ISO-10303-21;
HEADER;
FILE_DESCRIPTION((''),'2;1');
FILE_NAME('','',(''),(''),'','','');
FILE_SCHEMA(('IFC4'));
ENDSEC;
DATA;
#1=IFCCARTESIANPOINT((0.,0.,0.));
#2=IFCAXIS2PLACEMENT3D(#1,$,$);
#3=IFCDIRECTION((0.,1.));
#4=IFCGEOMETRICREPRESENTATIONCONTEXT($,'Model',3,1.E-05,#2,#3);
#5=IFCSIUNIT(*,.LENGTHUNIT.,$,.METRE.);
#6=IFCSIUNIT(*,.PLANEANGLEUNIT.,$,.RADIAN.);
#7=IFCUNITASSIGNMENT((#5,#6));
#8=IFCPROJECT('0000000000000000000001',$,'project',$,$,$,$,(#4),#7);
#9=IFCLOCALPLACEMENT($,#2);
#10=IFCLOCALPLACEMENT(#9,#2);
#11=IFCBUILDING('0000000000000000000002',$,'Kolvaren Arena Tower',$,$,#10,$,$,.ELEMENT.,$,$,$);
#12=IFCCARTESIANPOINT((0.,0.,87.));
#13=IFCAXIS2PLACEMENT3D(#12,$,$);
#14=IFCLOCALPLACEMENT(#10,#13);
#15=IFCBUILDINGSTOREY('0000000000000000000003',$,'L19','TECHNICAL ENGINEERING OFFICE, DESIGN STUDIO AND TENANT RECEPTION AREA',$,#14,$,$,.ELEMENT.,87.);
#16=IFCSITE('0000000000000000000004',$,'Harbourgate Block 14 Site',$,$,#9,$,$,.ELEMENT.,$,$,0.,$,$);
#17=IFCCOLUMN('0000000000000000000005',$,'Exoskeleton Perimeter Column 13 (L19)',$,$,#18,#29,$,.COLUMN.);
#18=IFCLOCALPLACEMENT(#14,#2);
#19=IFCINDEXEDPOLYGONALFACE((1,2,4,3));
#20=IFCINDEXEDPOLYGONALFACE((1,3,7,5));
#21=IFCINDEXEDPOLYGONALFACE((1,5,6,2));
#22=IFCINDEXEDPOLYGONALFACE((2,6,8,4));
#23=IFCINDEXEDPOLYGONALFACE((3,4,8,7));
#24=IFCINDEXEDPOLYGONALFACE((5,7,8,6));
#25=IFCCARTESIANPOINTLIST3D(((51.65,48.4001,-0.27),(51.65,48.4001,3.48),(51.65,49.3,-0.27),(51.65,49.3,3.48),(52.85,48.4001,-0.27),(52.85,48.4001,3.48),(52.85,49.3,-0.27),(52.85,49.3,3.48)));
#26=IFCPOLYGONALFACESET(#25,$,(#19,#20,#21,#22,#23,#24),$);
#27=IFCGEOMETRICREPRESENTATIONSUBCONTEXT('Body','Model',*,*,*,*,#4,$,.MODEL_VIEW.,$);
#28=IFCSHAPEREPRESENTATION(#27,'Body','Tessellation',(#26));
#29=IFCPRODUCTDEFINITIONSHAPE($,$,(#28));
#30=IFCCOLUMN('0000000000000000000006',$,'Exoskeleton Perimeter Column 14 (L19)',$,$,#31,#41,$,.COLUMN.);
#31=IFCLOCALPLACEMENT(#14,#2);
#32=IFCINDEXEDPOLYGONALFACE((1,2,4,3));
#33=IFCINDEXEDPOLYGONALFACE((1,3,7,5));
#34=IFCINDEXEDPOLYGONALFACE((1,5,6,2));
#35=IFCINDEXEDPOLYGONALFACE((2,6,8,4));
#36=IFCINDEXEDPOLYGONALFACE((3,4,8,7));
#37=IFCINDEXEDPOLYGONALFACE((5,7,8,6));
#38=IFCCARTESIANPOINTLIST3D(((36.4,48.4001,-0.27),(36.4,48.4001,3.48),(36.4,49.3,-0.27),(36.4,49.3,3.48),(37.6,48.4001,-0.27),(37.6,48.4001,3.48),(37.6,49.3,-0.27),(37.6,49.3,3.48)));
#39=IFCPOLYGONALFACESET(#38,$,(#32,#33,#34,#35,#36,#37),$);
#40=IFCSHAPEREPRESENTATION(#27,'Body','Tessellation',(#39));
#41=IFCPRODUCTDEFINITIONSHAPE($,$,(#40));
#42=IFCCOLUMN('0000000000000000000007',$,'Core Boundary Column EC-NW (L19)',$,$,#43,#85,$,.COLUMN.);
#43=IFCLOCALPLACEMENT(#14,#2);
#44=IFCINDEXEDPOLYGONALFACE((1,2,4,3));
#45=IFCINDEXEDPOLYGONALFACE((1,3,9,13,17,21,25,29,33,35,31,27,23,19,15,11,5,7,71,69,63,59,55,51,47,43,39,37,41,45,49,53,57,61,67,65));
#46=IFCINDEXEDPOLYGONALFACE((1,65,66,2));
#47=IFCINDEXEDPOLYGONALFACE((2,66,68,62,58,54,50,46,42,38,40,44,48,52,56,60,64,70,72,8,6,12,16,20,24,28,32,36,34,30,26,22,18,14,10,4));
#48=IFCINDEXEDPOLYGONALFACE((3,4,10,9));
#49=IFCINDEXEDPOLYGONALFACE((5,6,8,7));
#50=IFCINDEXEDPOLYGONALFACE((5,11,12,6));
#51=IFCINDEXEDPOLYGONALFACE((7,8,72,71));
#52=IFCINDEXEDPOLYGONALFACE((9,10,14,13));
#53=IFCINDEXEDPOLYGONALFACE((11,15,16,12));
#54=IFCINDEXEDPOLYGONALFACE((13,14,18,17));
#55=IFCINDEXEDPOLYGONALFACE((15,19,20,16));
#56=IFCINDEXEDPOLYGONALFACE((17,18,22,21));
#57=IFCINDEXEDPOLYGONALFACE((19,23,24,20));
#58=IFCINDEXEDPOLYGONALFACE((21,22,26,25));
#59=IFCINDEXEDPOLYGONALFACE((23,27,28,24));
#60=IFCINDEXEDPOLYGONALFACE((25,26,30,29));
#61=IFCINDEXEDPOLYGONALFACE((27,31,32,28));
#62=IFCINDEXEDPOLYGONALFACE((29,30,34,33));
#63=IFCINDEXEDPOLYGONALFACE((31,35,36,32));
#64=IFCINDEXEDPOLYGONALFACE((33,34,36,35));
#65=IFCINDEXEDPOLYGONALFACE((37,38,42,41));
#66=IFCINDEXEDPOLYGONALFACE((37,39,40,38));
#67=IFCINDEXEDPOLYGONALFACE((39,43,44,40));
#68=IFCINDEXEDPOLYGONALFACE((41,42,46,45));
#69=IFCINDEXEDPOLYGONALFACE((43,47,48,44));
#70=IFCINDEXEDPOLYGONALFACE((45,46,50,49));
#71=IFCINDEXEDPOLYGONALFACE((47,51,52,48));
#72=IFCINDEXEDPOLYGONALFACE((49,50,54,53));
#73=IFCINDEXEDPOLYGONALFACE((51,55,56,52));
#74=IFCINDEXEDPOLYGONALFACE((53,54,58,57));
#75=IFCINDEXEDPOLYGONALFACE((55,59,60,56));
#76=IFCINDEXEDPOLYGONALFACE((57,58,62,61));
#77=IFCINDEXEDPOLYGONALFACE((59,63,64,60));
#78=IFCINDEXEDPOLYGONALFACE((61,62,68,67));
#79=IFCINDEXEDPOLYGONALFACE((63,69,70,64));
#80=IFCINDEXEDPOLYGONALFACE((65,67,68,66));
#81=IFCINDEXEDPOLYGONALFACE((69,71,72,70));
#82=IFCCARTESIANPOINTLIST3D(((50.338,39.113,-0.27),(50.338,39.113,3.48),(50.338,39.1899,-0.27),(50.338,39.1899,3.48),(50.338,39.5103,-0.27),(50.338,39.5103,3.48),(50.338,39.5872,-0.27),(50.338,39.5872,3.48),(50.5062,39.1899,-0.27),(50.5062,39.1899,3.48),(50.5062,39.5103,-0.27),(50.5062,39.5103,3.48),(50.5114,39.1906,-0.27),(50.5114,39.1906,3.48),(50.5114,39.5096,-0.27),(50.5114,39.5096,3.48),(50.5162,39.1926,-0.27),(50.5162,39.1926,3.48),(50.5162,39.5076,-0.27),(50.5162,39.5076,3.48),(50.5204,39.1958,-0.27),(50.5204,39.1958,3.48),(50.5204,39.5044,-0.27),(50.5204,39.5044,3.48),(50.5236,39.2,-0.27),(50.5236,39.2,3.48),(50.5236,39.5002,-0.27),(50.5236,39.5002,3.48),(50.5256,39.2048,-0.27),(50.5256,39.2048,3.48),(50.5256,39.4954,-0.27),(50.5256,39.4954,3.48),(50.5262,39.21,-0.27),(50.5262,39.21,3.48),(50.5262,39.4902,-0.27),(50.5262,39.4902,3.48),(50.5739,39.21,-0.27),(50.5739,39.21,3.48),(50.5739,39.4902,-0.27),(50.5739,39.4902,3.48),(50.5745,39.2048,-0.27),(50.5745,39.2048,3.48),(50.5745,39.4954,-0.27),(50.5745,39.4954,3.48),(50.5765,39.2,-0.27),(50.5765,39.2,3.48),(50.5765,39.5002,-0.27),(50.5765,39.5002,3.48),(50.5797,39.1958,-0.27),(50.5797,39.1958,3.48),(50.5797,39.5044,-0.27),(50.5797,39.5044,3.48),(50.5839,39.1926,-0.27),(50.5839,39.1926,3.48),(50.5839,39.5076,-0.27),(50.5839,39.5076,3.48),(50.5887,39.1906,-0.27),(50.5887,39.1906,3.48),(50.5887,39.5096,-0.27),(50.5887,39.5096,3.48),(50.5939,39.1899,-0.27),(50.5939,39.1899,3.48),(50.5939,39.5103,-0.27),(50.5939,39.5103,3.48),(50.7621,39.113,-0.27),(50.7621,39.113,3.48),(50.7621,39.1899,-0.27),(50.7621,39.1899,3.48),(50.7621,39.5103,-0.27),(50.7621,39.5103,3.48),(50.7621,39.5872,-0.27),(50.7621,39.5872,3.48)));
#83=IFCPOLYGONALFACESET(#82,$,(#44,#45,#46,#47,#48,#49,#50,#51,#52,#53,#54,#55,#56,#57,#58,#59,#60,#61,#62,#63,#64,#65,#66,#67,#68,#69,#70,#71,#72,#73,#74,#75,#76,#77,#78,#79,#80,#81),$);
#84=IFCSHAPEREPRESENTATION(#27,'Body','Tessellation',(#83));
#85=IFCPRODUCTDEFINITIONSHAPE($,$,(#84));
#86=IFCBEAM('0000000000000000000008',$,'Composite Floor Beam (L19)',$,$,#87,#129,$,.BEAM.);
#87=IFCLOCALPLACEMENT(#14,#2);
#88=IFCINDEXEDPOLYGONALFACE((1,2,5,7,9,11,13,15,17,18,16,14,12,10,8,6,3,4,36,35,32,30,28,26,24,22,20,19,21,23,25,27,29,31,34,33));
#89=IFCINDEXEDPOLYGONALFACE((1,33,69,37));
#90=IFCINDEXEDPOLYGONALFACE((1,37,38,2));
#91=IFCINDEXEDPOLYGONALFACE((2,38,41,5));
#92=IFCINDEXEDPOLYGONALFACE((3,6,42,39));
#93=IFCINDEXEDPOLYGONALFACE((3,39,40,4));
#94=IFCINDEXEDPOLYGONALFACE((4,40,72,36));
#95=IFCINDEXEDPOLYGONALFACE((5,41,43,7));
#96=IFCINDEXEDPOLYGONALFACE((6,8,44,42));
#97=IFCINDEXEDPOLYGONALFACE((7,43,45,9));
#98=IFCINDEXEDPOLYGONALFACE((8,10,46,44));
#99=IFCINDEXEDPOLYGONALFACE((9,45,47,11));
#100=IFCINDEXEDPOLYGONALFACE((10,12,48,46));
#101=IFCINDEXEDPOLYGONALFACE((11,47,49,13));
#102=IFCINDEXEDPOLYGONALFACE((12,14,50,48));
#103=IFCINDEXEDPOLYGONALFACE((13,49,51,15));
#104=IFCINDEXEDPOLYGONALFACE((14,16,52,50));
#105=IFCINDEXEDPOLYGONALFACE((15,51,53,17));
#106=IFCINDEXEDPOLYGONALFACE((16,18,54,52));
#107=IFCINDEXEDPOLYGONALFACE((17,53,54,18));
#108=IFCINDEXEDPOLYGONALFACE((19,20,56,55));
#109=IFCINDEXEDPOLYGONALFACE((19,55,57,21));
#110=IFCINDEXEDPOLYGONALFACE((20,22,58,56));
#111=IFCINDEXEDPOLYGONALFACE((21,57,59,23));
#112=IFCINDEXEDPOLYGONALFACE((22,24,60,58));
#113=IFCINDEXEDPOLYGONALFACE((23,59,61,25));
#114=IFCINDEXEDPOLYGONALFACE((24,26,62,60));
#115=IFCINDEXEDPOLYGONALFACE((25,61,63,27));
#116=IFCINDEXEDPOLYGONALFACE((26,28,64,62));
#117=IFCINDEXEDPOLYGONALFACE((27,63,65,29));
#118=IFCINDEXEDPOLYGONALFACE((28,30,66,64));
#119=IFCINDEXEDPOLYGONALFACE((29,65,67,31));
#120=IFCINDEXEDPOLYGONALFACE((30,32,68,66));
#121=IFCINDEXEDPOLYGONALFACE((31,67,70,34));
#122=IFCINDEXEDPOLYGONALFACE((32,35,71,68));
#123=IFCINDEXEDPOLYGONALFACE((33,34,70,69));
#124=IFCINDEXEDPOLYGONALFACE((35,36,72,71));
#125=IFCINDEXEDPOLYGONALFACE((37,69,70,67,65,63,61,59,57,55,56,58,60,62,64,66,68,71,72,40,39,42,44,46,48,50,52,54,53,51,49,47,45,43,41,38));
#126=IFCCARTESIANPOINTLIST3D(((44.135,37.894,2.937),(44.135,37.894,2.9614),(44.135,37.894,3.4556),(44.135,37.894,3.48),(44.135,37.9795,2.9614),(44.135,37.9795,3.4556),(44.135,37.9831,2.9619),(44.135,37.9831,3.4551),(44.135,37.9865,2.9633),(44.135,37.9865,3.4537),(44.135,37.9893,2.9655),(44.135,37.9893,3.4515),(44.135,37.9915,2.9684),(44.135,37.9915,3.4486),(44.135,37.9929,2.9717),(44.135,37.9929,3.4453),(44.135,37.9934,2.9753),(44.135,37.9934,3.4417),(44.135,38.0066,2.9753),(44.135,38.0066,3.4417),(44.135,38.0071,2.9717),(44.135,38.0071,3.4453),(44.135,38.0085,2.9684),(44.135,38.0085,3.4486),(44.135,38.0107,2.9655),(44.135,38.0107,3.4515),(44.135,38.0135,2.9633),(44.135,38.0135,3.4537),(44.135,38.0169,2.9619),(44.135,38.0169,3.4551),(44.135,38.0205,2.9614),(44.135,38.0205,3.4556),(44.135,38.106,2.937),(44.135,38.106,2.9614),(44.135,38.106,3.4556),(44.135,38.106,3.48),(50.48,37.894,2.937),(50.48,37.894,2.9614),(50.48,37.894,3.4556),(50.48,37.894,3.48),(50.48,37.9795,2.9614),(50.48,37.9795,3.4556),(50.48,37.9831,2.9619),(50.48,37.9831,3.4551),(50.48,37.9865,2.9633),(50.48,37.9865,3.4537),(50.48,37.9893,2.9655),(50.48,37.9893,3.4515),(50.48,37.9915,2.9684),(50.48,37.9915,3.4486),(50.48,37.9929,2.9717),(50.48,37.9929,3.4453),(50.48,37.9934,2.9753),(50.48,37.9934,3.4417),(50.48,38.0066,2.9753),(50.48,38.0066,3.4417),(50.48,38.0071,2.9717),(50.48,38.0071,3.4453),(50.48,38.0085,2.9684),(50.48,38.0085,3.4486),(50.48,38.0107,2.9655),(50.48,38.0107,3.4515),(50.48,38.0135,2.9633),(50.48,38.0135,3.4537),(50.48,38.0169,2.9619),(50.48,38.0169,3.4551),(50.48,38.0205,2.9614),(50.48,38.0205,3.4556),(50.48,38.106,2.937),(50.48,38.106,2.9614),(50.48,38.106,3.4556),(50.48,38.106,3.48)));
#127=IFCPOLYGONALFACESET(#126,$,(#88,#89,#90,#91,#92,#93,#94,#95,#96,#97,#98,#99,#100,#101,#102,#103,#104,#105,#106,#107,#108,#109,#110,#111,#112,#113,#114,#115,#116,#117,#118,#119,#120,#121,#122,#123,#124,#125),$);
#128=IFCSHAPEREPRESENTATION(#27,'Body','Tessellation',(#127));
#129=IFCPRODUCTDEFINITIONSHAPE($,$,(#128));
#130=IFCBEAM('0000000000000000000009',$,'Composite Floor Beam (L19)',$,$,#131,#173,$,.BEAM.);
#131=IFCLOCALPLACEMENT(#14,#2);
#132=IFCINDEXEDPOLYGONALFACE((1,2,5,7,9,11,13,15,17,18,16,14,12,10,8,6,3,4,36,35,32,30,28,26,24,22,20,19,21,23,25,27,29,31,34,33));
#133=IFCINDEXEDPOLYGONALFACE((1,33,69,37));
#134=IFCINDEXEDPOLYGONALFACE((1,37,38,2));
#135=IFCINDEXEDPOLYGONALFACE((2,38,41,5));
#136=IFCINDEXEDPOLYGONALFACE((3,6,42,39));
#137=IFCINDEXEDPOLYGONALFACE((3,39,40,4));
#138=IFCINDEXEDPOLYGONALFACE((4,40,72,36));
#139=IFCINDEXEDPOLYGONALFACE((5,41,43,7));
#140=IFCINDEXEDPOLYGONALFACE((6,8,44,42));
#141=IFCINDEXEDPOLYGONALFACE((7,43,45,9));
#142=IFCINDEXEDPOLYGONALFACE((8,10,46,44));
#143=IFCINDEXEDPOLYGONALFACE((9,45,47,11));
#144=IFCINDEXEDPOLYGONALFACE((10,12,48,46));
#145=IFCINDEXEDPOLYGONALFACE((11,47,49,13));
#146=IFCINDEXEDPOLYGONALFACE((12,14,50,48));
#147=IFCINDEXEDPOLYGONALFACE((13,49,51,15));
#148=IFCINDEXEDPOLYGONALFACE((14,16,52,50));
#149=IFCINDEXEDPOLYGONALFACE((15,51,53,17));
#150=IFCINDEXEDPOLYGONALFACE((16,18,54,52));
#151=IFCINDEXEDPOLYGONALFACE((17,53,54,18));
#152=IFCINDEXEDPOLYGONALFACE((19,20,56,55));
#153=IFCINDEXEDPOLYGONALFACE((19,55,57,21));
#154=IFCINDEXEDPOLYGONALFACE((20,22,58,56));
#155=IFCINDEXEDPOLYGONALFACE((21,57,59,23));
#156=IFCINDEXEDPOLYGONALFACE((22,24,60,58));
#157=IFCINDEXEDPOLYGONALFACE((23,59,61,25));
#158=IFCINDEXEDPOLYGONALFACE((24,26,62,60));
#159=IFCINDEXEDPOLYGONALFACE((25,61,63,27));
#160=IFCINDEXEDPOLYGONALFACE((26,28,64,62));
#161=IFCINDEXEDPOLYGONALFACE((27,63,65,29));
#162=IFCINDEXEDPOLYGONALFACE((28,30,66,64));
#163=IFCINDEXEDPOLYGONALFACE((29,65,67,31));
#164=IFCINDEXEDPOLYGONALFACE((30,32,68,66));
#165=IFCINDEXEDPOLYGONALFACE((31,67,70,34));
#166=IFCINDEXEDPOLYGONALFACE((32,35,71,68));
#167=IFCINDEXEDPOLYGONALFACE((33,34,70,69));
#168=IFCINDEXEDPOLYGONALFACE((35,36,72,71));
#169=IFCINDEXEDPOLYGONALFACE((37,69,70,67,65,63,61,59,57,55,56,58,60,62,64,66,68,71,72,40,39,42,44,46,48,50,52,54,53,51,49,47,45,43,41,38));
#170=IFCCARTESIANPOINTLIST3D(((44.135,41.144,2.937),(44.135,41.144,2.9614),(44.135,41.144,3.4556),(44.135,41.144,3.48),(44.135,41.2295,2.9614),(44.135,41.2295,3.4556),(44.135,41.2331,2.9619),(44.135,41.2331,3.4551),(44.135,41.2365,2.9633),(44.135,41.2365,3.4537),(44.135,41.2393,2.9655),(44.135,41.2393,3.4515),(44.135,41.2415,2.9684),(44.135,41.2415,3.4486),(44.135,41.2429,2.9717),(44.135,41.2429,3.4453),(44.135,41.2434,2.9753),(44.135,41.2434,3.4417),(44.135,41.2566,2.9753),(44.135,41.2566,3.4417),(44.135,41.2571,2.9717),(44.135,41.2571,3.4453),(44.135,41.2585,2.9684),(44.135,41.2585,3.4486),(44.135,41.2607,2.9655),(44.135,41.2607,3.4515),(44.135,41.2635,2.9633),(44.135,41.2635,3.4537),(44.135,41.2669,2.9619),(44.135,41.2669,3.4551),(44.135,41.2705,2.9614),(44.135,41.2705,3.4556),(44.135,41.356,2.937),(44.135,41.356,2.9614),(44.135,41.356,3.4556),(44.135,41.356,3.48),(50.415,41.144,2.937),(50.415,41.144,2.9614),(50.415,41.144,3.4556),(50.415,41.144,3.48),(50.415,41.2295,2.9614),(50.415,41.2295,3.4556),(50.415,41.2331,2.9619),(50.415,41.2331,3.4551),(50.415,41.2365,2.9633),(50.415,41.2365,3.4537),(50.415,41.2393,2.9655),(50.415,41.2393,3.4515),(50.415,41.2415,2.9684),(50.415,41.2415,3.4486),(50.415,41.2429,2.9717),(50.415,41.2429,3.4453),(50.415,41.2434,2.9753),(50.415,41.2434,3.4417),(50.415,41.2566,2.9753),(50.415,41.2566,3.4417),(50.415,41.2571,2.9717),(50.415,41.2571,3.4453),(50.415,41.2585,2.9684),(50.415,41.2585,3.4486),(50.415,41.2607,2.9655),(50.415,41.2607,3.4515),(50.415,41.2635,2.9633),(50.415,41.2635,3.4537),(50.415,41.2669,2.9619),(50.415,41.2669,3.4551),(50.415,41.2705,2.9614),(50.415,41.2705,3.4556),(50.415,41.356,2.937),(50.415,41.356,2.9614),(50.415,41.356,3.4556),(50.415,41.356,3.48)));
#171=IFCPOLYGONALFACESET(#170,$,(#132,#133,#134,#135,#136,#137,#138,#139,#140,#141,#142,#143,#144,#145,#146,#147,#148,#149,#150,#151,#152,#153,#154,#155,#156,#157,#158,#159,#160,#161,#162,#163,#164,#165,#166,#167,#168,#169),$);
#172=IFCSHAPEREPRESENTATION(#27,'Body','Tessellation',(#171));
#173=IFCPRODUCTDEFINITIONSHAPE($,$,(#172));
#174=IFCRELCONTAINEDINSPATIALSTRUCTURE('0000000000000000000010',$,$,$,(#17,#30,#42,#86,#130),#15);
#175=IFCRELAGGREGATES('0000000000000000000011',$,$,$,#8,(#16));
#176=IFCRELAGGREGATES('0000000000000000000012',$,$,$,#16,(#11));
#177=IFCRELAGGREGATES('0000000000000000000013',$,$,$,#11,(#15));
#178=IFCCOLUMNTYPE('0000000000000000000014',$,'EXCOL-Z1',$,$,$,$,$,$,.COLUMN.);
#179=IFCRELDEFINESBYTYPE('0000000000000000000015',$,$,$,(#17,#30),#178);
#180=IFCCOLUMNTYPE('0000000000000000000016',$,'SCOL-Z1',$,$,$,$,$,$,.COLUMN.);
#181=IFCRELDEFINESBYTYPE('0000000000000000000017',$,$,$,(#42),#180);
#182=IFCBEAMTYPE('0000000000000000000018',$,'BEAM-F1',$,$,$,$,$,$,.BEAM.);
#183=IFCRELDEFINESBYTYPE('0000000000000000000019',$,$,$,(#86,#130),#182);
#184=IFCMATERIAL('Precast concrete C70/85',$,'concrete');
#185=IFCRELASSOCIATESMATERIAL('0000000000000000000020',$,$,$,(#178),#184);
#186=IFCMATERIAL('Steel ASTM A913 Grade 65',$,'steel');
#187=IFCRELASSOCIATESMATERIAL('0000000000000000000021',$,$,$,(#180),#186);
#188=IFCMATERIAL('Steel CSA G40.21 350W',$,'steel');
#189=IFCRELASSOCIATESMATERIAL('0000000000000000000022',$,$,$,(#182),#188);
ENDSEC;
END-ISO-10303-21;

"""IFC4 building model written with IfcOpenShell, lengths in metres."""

from ifc_helpers import new_model, si_unit, direction, frame, origin, origin_2d, place, context, subcontext, project, spatial, rectangle, i_section, extrude, material, material_profile, profile_set, type_object, element, save


model = new_model("IFC4")

# Units and contexts
model_context = context("Model", 3, precision=1e-05, world=origin(), true_north=direction((0.0, 1.0)))
body_context = subcontext(model_context, "Body", "Model", "MODEL_VIEW")
ifc_project = project(units=[si_unit("LENGTHUNIT", "METRE"), si_unit("PLANEANGLEUNIT", "RADIAN")], contexts=[model_context])

# Site, building, storey
site_placement = place(None, origin())
site = spatial("IfcSite", under=ifc_project, at=site_placement, Name="Harbourgate Block 14 Site", CompositionType="ELEMENT", RefElevation=0.0)
building_placement = place(site_placement, origin())
building = spatial("IfcBuilding", under=site, at=building_placement, Name="Kolvaren Arena Tower", CompositionType="ELEMENT")
storey_placement = place(building_placement, frame((0.0, 0.0, 87.0)))
storey = spatial("IfcBuildingStorey", under=building, at=storey_placement, Name="L19", Description="TECHNICAL ENGINEERING OFFICE, DESIGN STUDIO AND TENANT RECEPTION AREA", CompositionType="ELEMENT", Elevation=87.0)

# Columns
ifc_material_1 = material(Name="Precast concrete C70/85", Category="concrete")
ifc_material_profile_1 = material_profile(ifc_material_1, rectangle(XDim=1.2, YDim=0.8999, at=origin_2d()), Name="RC-1200x900")
ifc_profile_set_1 = profile_set([ifc_material_profile_1], Name="Precast concrete C70/85")
column_type_1 = type_object("IfcColumnType", Name="EXCOL-Z1", PredefinedType="COLUMN", material=ifc_profile_set_1)
for number, where, z_axis, x_axis, name in (
    (1, (52.25, 48.8501, -0.27), (0.0, 0.0, 1.0), (1.0, 0.0, 0.0), "Exoskeleton Perimeter Column 13 (L19)"),
    (2, (37.0, 48.8501, -0.27), (0.0, 0.0, 1.0), (1.0, 0.0, 0.0), "Exoskeleton Perimeter Column 14 (L19)"),
):
    element("IfcColumn", number, at=place(storey_placement, frame(where, z_axis=z_axis, x_axis=x_axis)), inside=storey, type_object=column_type_1, Name=name, PredefinedType="COLUMN", context=body_context, shape_type="SweptSolid", body=[
        extrude(rectangle(XDim=1.2, YDim=0.8999, at=origin_2d()), origin(), (0.0, 0.0, 1.0), 3.75),
    ])
ifc_material_2 = material(Name="Steel ASTM A913 Grade 65", Category="steel")
ifc_material_profile_2 = material_profile(ifc_material_2, i_section(OverallWidth=0.4241, OverallDepth=0.4741, WebThickness=0.0476, FlangeThickness=0.0769, FilletRadius=0.02, at=origin_2d()), Name="W360x634")
ifc_profile_set_2 = profile_set([ifc_material_profile_2], Name="Steel ASTM A913 Grade 65")
column_type_2 = type_object("IfcColumnType", Name="SCOL-Z1", PredefinedType="COLUMN", material=ifc_profile_set_2)
column_placement = place(storey_placement, frame((50.55, 39.3501, -0.27), z_axis=(0.0, 0.0, 1.0), x_axis=(1.0, 0.0, 0.0)))
element("IfcColumn", 3, at=column_placement, inside=storey, type_object=column_type_2, Name="Core Boundary Column EC-NW (L19)", PredefinedType="COLUMN", context=body_context, shape_type="SweptSolid", body=[
    extrude(i_section(OverallWidth=0.4241, OverallDepth=0.4741, WebThickness=0.0476, FlangeThickness=0.0769, FilletRadius=0.02, at=origin_2d()), origin(), (0.0, 0.0, 1.0), 3.75),
])

# Beams
ifc_material_3 = material(Name="Steel CSA G40.21 350W", Category="steel")
ifc_material_profile_3 = material_profile(ifc_material_3, i_section(OverallWidth=0.2119, OverallDepth=0.543, WebThickness=0.0132, FlangeThickness=0.0244, FilletRadius=0.0139, at=origin_2d()), Name="W530x150")
ifc_profile_set_3 = profile_set([ifc_material_profile_3], Name="Steel CSA G40.21 350W")
beam_type_1 = type_object("IfcBeamType", Name="BEAM-F1", PredefinedType="BEAM", material=ifc_profile_set_3)
beam_1_placement = place(storey_placement, frame((44.135, 38.0, 3.2085), z_axis=(1.0, 0.0, 0.0), x_axis=(0.0, 1.0, 0.0)))
element("IfcBeam", 4, at=beam_1_placement, inside=storey, type_object=beam_type_1, Name="Composite Floor Beam (L19)", PredefinedType="BEAM", context=body_context, shape_type="SweptSolid", body=[
    extrude(i_section(OverallWidth=0.2119, OverallDepth=0.543, WebThickness=0.0132, FlangeThickness=0.0244, FilletRadius=0.0139, at=origin_2d()), origin(), (0.0, 0.0, 1.0), 6.345),
])
beam_2_placement = place(storey_placement, frame((44.135, 41.25, 3.2085), z_axis=(1.0, 0.0, 0.0), x_axis=(0.0, 1.0, 0.0)))
element("IfcBeam", 5, at=beam_2_placement, inside=storey, type_object=beam_type_1, Name="Composite Floor Beam (L19)", PredefinedType="BEAM", context=body_context, shape_type="SweptSolid", body=[
    extrude(i_section(OverallWidth=0.2119, OverallDepth=0.543, WebThickness=0.0132, FlangeThickness=0.0244, FilletRadius=0.0139, at=origin_2d()), origin(), (0.0, 0.0, 1.0), 6.28),
])

save(model, "model.ifc")
